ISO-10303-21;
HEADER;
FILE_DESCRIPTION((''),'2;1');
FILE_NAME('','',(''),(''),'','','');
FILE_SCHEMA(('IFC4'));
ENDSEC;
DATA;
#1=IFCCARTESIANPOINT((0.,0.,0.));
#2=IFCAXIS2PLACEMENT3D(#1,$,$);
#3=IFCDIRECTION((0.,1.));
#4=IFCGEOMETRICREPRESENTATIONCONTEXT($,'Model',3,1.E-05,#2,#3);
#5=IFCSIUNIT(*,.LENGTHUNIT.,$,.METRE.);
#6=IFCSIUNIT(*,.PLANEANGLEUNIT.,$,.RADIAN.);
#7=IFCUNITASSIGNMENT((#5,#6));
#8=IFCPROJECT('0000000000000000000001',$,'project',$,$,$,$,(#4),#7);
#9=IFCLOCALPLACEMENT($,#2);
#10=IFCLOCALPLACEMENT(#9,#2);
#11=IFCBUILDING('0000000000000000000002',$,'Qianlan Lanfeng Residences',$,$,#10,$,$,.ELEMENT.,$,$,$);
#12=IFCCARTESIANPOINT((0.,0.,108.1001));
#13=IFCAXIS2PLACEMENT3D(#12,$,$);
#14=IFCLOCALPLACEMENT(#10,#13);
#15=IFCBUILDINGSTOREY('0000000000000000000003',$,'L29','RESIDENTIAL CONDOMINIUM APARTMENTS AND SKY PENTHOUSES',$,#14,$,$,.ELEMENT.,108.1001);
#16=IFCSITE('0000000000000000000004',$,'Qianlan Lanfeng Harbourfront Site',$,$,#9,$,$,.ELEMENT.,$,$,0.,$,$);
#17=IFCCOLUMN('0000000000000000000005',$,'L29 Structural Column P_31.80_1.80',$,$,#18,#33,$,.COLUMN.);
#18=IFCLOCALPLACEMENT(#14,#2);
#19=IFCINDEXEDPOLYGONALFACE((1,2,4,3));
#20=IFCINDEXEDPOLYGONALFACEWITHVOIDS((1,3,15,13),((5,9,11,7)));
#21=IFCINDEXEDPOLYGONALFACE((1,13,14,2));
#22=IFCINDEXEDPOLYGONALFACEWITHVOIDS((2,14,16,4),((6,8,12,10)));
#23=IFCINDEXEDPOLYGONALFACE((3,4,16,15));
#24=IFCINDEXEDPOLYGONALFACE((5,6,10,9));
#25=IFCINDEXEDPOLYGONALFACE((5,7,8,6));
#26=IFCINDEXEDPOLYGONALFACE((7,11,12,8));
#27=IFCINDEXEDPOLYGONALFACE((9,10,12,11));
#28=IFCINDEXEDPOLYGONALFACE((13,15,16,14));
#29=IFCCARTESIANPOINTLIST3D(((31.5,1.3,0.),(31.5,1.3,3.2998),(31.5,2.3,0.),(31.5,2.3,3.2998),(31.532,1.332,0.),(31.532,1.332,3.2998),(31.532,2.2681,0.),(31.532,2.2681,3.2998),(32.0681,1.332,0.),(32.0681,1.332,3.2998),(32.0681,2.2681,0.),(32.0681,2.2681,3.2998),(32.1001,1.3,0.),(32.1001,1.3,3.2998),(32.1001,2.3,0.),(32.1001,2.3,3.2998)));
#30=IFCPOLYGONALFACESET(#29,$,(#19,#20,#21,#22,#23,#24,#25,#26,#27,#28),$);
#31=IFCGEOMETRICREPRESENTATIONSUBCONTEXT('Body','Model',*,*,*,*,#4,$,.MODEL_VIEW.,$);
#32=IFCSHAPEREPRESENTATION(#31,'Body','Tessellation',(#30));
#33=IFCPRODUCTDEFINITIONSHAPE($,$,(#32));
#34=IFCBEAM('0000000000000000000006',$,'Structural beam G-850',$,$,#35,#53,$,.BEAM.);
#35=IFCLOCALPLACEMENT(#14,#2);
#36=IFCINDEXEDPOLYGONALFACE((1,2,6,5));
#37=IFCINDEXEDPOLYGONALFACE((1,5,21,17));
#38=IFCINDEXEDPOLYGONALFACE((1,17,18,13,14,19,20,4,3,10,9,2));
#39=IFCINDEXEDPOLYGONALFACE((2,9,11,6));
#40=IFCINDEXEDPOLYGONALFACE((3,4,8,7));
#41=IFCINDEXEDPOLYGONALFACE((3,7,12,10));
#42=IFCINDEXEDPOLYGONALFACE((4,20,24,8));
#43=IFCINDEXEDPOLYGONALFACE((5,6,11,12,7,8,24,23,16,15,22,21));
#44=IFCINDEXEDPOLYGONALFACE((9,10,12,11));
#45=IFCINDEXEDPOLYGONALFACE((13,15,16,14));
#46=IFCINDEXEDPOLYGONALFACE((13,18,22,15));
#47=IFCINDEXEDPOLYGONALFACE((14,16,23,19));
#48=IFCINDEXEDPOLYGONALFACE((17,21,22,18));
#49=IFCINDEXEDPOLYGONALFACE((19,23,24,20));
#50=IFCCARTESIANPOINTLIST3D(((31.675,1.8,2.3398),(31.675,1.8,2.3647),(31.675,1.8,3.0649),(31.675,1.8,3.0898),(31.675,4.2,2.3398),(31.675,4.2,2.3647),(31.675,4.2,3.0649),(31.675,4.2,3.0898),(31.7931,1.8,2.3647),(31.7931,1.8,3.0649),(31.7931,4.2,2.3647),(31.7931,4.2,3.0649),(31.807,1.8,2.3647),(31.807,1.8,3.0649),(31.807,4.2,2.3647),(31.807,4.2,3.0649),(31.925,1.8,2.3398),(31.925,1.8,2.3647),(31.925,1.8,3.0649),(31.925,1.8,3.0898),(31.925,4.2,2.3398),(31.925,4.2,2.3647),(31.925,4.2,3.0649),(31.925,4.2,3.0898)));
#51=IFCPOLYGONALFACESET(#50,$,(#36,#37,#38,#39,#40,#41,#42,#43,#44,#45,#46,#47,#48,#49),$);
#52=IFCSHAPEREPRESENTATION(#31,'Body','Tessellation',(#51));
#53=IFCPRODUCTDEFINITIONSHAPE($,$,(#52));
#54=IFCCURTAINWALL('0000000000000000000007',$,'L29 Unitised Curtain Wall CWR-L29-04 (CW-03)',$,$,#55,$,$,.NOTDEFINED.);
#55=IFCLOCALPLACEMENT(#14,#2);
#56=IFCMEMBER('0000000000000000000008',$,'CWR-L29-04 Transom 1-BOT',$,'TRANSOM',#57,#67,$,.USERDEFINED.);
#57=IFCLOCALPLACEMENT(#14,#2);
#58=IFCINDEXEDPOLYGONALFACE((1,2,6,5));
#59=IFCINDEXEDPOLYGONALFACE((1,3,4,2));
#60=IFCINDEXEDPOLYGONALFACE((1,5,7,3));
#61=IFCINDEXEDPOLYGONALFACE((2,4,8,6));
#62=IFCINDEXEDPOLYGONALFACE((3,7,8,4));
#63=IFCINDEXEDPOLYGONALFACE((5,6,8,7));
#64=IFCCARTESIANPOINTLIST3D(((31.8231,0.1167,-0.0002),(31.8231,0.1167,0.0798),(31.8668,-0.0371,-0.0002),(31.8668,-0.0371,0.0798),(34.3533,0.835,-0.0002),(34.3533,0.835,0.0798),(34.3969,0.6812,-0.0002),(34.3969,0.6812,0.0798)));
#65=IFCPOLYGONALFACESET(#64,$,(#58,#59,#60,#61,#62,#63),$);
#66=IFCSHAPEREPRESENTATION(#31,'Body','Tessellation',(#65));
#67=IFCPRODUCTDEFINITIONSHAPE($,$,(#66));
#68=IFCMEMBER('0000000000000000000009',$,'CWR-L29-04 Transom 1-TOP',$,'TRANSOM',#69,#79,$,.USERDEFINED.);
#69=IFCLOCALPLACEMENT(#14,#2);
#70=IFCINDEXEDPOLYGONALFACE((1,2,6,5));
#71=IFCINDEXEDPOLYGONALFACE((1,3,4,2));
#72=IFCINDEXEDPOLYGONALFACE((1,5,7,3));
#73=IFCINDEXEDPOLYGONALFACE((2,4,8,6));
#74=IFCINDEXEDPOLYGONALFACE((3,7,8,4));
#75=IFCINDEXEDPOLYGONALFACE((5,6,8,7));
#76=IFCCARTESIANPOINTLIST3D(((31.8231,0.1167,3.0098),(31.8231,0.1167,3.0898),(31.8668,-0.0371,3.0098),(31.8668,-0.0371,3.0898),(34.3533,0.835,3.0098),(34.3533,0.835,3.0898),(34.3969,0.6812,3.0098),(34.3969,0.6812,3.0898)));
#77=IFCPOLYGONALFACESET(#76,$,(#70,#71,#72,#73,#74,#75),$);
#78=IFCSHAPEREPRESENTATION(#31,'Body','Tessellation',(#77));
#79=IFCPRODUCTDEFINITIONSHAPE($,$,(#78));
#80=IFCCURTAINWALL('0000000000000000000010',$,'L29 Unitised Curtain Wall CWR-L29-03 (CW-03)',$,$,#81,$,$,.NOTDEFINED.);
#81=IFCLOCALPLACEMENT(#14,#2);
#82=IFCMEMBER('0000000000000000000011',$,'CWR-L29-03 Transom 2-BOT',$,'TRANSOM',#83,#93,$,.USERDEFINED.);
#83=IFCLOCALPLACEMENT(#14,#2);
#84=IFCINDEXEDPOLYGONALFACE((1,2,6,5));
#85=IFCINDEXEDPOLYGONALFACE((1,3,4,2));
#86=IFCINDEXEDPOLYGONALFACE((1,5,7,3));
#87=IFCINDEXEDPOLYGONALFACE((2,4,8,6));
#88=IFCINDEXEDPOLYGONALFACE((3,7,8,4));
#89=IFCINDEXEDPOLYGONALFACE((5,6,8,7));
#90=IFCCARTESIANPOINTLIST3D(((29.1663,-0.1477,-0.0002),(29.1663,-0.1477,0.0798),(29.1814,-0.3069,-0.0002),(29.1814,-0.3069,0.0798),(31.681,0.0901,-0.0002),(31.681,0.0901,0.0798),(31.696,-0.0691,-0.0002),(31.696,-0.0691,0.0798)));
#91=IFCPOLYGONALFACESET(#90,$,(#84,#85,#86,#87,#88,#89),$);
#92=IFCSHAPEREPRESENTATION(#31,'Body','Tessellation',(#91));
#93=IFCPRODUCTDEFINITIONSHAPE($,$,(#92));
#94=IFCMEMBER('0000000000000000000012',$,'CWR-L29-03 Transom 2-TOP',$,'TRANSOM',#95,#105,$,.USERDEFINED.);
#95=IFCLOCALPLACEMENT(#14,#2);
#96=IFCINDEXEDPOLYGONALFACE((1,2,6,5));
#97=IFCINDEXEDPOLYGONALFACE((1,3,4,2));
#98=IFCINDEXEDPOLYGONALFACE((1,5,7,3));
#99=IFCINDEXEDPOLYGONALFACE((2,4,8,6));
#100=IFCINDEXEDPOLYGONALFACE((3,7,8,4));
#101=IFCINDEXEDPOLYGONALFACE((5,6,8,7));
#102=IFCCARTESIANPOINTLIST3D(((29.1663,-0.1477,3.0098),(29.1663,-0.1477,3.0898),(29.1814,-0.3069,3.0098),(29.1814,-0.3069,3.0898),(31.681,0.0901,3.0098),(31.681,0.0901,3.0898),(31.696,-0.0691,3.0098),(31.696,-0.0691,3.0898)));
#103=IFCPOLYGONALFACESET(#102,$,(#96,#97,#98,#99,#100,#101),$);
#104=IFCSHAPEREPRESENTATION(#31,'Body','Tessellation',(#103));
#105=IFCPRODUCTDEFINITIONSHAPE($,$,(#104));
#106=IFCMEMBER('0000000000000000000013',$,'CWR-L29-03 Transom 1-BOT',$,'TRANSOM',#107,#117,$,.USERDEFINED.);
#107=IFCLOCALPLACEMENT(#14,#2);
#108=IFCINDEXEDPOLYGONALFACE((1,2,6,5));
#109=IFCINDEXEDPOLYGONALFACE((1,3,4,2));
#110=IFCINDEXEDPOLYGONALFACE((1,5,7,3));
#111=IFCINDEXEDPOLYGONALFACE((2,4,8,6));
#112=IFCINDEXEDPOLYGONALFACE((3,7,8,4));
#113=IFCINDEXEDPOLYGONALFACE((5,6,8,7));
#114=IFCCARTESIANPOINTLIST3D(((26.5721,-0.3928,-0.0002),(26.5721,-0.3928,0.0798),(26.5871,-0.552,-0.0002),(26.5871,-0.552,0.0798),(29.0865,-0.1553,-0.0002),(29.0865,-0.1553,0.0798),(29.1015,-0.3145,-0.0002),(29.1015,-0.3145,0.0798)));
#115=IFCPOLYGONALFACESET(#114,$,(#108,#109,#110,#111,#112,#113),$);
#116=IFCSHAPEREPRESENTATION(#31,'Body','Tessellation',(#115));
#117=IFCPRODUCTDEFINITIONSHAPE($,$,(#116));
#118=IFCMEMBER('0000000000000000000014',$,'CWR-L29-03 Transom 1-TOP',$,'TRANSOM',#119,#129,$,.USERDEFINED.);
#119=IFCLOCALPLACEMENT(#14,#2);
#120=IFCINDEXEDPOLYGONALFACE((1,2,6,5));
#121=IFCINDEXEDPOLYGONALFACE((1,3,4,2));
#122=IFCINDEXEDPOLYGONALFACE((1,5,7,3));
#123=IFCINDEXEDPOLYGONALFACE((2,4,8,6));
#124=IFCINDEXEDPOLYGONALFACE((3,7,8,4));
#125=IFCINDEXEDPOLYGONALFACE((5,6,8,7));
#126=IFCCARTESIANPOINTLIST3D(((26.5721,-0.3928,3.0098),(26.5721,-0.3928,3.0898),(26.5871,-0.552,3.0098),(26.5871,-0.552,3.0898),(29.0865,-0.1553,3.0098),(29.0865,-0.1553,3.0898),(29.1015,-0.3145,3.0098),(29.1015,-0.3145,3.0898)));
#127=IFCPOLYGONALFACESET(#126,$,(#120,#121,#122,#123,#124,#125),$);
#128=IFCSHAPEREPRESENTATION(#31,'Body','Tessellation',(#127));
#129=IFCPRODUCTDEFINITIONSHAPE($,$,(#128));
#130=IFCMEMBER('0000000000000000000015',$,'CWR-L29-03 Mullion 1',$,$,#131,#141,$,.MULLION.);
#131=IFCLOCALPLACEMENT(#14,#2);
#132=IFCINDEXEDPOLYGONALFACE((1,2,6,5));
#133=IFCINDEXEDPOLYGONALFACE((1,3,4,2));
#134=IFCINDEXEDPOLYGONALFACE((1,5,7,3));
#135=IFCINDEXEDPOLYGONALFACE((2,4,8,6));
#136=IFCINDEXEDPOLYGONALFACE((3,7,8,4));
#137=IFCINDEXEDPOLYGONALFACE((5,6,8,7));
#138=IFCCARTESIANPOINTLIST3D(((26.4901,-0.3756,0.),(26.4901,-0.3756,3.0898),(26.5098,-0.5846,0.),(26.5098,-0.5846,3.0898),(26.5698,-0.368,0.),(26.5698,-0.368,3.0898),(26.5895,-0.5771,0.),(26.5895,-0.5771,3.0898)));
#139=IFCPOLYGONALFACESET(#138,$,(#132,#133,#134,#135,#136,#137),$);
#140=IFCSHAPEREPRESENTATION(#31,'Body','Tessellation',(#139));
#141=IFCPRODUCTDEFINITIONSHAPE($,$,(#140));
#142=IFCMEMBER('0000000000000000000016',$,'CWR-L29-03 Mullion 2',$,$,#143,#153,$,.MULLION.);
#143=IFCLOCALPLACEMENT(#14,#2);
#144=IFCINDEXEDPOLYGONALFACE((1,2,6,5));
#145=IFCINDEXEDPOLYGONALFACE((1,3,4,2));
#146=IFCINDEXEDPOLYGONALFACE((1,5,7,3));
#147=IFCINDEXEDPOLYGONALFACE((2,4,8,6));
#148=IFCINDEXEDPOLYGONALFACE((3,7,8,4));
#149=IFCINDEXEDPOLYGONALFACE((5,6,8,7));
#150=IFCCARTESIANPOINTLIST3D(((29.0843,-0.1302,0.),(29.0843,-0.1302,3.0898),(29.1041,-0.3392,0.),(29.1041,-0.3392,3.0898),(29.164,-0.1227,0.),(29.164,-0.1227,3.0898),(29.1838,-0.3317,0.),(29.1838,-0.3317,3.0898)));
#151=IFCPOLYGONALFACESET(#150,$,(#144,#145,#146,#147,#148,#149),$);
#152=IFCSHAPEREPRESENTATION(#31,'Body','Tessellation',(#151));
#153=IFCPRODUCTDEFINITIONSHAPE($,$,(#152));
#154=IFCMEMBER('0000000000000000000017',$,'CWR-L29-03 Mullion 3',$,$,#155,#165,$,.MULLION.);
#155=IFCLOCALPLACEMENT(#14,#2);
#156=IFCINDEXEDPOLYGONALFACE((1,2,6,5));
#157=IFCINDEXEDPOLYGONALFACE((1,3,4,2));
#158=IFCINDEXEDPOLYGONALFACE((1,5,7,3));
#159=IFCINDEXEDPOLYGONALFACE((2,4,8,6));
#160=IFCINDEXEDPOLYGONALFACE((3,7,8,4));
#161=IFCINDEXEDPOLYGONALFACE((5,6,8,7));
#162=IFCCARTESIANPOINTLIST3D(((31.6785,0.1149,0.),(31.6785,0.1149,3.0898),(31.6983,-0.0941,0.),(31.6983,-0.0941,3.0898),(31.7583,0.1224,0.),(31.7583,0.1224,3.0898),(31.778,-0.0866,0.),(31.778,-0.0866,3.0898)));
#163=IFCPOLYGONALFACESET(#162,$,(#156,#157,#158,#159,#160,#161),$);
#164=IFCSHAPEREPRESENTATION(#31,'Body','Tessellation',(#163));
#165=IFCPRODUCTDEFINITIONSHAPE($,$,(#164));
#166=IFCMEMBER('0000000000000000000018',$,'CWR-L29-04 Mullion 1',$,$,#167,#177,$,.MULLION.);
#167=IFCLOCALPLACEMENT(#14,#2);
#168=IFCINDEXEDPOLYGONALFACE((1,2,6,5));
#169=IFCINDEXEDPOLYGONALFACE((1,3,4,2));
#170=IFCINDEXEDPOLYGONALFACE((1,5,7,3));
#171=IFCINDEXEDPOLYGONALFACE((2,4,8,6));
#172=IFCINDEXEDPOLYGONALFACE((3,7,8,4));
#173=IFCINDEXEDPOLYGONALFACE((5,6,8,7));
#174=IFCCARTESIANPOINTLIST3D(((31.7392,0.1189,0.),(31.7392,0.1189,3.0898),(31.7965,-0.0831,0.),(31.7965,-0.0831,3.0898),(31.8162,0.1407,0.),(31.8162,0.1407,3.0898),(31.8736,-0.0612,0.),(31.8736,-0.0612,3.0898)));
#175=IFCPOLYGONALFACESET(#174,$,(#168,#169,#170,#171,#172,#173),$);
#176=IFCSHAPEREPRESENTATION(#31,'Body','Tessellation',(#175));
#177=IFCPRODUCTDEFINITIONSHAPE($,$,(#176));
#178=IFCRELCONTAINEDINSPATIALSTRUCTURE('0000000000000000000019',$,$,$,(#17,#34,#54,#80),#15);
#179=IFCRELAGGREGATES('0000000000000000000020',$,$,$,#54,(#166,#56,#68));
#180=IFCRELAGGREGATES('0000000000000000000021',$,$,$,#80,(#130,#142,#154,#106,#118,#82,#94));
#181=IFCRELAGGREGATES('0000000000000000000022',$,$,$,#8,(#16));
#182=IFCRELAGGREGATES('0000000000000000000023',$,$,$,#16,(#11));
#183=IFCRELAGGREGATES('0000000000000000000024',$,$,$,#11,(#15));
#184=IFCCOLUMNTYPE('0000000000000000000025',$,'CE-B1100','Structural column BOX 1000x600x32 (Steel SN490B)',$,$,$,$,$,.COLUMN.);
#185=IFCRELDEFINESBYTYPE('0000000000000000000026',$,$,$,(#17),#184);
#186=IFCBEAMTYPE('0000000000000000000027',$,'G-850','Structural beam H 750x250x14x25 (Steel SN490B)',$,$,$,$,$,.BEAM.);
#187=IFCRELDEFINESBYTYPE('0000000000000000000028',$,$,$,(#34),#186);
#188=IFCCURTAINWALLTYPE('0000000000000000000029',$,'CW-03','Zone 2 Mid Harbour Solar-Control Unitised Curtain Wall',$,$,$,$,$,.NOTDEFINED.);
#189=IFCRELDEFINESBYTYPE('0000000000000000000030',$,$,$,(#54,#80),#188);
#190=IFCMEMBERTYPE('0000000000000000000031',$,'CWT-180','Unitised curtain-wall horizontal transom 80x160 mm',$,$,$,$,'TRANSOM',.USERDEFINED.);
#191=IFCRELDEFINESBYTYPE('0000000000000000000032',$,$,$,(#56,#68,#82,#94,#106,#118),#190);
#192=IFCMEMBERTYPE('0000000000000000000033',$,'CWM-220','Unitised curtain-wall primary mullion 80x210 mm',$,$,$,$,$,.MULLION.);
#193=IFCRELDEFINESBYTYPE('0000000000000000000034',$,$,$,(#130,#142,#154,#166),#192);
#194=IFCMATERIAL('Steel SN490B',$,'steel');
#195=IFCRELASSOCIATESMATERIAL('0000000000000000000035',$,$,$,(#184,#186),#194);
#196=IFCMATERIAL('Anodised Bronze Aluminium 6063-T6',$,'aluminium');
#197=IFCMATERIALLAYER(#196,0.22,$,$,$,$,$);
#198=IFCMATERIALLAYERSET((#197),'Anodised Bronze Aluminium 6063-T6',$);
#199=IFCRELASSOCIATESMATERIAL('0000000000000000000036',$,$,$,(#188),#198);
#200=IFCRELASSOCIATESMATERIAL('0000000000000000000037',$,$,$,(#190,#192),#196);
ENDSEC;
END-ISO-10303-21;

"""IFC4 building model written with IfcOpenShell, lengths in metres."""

from ifc_helpers import new_model, si_unit, direction, frame, origin, origin_2d, place, context, subcontext, project, spatial, rectangle, hollow_rectangle, i_section, extrude, source, transform, mapped, material, layer, layer_set, material_profile, profile_set, type_object, element, aggregate, save


model = new_model("IFC4")

# Units and contexts
model_context = context("Model", 3, precision=1e-05, world=origin(), true_north=direction((0.0, 1.0)))
body_context = subcontext(model_context, "Body", "Model", "MODEL_VIEW")
ifc_project = project(units=[si_unit("LENGTHUNIT", "METRE"), si_unit("PLANEANGLEUNIT", "RADIAN")], contexts=[model_context])

# Site, building, storey
site_placement = place(None, origin())
site = spatial("IfcSite", under=ifc_project, at=site_placement, Name="Qianlan Lanfeng Harbourfront Site", CompositionType="ELEMENT", RefElevation=0.0)
building_placement = place(site_placement, origin())
building = spatial("IfcBuilding", under=site, at=building_placement, Name="Qianlan Lanfeng Residences", CompositionType="ELEMENT")
storey_placement = place(building_placement, frame((0.0, 0.0, 108.1001)))
storey = spatial("IfcBuildingStorey", under=building, at=storey_placement, Name="L29", Description="RESIDENTIAL CONDOMINIUM APARTMENTS AND SKY PENTHOUSES", CompositionType="ELEMENT", Elevation=108.1001)

# Column
ifc_material_1 = material(Name="Steel SN490B", Category="steel")
ifc_material_profile_1 = material_profile(ifc_material_1, hollow_rectangle(XDim=0.6001, YDim=1.0, WallThickness=0.032, at=origin_2d()), Name="BOX 1000x600x32")
ifc_profile_set_1 = profile_set([ifc_material_profile_1], Name="Steel SN490B")
column_type = type_object("IfcColumnType", Name="CE-B1100", Description="Structural column BOX 1000x600x32 (Steel SN490B)", PredefinedType="COLUMN", material=ifc_profile_set_1)
column_placement = place(storey_placement, frame((31.8, 1.8, 0.0), z_axis=(0.0, 0.0, 1.0), x_axis=(1.0, 0.0, 0.0)))
element("IfcColumn", 1, at=column_placement, inside=storey, type_object=column_type, Name="L29 Structural Column P_31.80_1.80", PredefinedType="COLUMN", context=body_context, shape_type="SweptSolid", body=[
    extrude(hollow_rectangle(XDim=0.6001, YDim=1.0, WallThickness=0.032, at=origin_2d()), origin(), (0.0, 0.0, 1.0), 3.2998),
])

# Beam
ifc_material_profile_2 = material_profile(ifc_material_1, i_section(OverallWidth=0.25, OverallDepth=0.75, WebThickness=0.0139, FlangeThickness=0.0249, at=origin_2d()), Name="H 750x250x14x25")
ifc_profile_set_2 = profile_set([ifc_material_profile_2], Name="Steel SN490B")
beam_type = type_object("IfcBeamType", Name="G-850", Description="Structural beam H 750x250x14x25 (Steel SN490B)", PredefinedType="BEAM", material=ifc_profile_set_2)
beam_placement = place(storey_placement, frame((31.8, 1.8, 2.7148), z_axis=(0.0, 1.0, 0.0), x_axis=(-1.0, 0.0, 0.0)))
element("IfcBeam", 2, at=beam_placement, inside=storey, type_object=beam_type, Name="Structural beam G-850", PredefinedType="BEAM", context=body_context, shape_type="SweptSolid", body=[
    extrude(i_section(OverallWidth=0.25, OverallDepth=0.75, WebThickness=0.0139, FlangeThickness=0.0249, at=origin_2d()), origin(), (0.0, 0.0, 1.0), 2.3999),
])

# Curtain walls, members
ifc_material_2 = material(Name="Anodised Bronze Aluminium 6063-T6", Category="aluminium")
ifc_layer_1 = layer(ifc_material_2, 0.22)
ifc_layer_set_1 = layer_set([ifc_layer_1], Name="Anodised Bronze Aluminium 6063-T6")
curtain_wall_type = type_object("IfcCurtainWallType", Name="CW-03", Description="Zone 2 Mid Harbour Solar-Control Unitised Curtain Wall", PredefinedType="NOTDEFINED", material=ifc_layer_set_1)
curtain_wall_1_placement = place(storey_placement, origin())
curtain_wall_1 = element("IfcCurtainWall", 3, at=curtain_wall_1_placement, inside=storey, type_object=curtain_wall_type, Name="L29 Unitised Curtain Wall CWR-L29-04 (CW-03)", PredefinedType="NOTDEFINED")
ifc_material_profile_3 = material_profile(ifc_material_2, rectangle(XDim=0.0801, YDim=0.1599, at=origin_2d()), Name="ALU TRANSOM 80x160")
ifc_profile_set_3 = profile_set([ifc_material_profile_3], Name="Anodised Bronze Aluminium 6063-T6")
member_type_1 = type_object("IfcMemberType", Name="CWT-180", Description="Unitised curtain-wall horizontal transom 80x160 mm", ElementType="TRANSOM", PredefinedType="USERDEFINED", material=ifc_profile_set_3)
shared_shape_1 = source(origin(), body_context, "Body", "SweptSolid", [
    extrude(rectangle(XDim=0.0801, YDim=0.1599, at=origin_2d()), origin(), (0.0, 0.0, 1.0), 2.6301),
])
member_1_placement = place(storey_placement, frame((31.845, 0.0398, 0.0398), z_axis=(0.961985, 0.273102, 0.0), x_axis=(0.0, 0.0, 1.0)))
member_1 = element("IfcMember", 4, at=member_1_placement, type_object=member_type_1, Name="CWR-L29-04 Transom 1-BOT", ObjectType="TRANSOM", PredefinedType="USERDEFINED", context=body_context, shape_type="MappedRepresentation", body=[
    mapped(shared_shape_1, transform((0.0, 0.0, 0.0), scale=1.0)),
])
member_2_placement = place(storey_placement, frame((31.845, 0.0398, 3.0498), z_axis=(0.961985, 0.273102, 0.0), x_axis=(0.0, 0.0, 1.0)))
member_2 = element("IfcMember", 5, at=member_2_placement, type_object=member_type_1, Name="CWR-L29-04 Transom 1-TOP", ObjectType="TRANSOM", PredefinedType="USERDEFINED", context=body_context, shape_type="MappedRepresentation", body=[
    mapped(shared_shape_1, transform((0.0, 0.0, 0.0), scale=1.0)),
])
curtain_wall_2_placement = place(storey_placement, origin())
curtain_wall_2 = element("IfcCurtainWall", 6, at=curtain_wall_2_placement, inside=storey, type_object=curtain_wall_type, Name="L29 Unitised Curtain Wall CWR-L29-03 (CW-03)", PredefinedType="NOTDEFINED")
shared_shape_2 = source(origin(), body_context, "Body", "SweptSolid", [
    extrude(rectangle(XDim=0.0801, YDim=0.1599, at=origin_2d()), origin(), (0.0, 0.0, 1.0), 2.5259),
])
member_3_placement = place(storey_placement, frame((29.1738, -0.2273, 0.0398), z_axis=(0.995559, 0.094143, 0.0), x_axis=(0.0, 0.0, 1.0)))
member_3 = element("IfcMember", 7, at=member_3_placement, type_object=member_type_1, Name="CWR-L29-03 Transom 2-BOT", ObjectType="TRANSOM", PredefinedType="USERDEFINED", context=body_context, shape_type="MappedRepresentation", body=[
    mapped(shared_shape_2, transform((0.0, 0.0, 0.0), scale=1.0)),
])
member_4_placement = place(storey_placement, frame((29.1738, -0.2273, 3.0498), z_axis=(0.995559, 0.094143, 0.0), x_axis=(0.0, 0.0, 1.0)))
member_4 = element("IfcMember", 8, at=member_4_placement, type_object=member_type_1, Name="CWR-L29-03 Transom 2-TOP", ObjectType="TRANSOM", PredefinedType="USERDEFINED", context=body_context, shape_type="MappedRepresentation", body=[
    mapped(shared_shape_2, transform((0.0, 0.0, 0.0), scale=1.0)),
])
shared_shape_3 = source(origin(), body_context, "Body", "SweptSolid", [
    extrude(rectangle(XDim=0.0801, YDim=0.1599, at=origin_2d()), origin(), (0.0, 0.0, 1.0), 2.5256),
])
member_5_placement = place(storey_placement, frame((26.5796, -0.4724, 0.0398), z_axis=(0.995567, 0.094056, 0.0), x_axis=(0.0, 0.0, 1.0)))
member_5 = element("IfcMember", 9, at=member_5_placement, type_object=member_type_1, Name="CWR-L29-03 Transom 1-BOT", ObjectType="TRANSOM", PredefinedType="USERDEFINED", context=body_context, shape_type="MappedRepresentation", body=[
    mapped(shared_shape_3, transform((0.0, 0.0, 0.0), scale=1.0)),
])
member_6_placement = place(storey_placement, frame((26.5796, -0.4724, 3.0498), z_axis=(0.995567, 0.094056, 0.0), x_axis=(0.0, 0.0, 1.0)))
member_6 = element("IfcMember", 10, at=member_6_placement, type_object=member_type_1, Name="CWR-L29-03 Transom 1-TOP", ObjectType="TRANSOM", PredefinedType="USERDEFINED", context=body_context, shape_type="MappedRepresentation", body=[
    mapped(shared_shape_3, transform((0.0, 0.0, 0.0), scale=1.0)),
])
ifc_material_profile_4 = material_profile(ifc_material_2, rectangle(XDim=0.0801, YDim=0.21, at=origin_2d()), Name="ALU MULLION 80x210")
ifc_profile_set_4 = profile_set([ifc_material_profile_4], Name="Anodised Bronze Aluminium 6063-T6")
member_type_2 = type_object("IfcMemberType", Name="CWM-220", Description="Unitised curtain-wall primary mullion 80x210 mm", PredefinedType="MULLION", material=ifc_profile_set_4)
shared_shape_4 = source(origin(), body_context, "Body", "SweptSolid", [
    extrude(rectangle(XDim=0.0801, YDim=0.21, at=origin_2d()), origin(), (0.0, 0.0, 1.0), 3.0898),
])
member_7_placement = place(storey_placement, frame((26.5398, -0.4763, 0.0), z_axis=(0.0, 0.0, 1.0), x_axis=(0.995561, 0.094114, 0.0)))
member_7 = element("IfcMember", 11, at=member_7_placement, type_object=member_type_2, Name="CWR-L29-03 Mullion 1", PredefinedType="MULLION", context=body_context, shape_type="MappedRepresentation", body=[
    mapped(shared_shape_4, transform((0.0, 0.0, 0.0), scale=1.0)),
])
member_8_placement = place(storey_placement, frame((29.134, -0.231, 0.0), z_axis=(0.0, 0.0, 1.0), x_axis=(0.995561, 0.094114, 0.0)))
member_8 = element("IfcMember", 12, at=member_8_placement, type_object=member_type_2, Name="CWR-L29-03 Mullion 2", PredefinedType="MULLION", context=body_context, shape_type="MappedRepresentation", body=[
    mapped(shared_shape_4, transform((0.0, 0.0, 0.0), scale=1.0)),
])
member_9_placement = place(storey_placement, frame((31.7283, 0.0142, 0.0), z_axis=(0.0, 0.0, 1.0), x_axis=(0.995561, 0.094114, 0.0)))
member_9 = element("IfcMember", 13, at=member_9_placement, type_object=member_type_2, Name="CWR-L29-03 Mullion 3", PredefinedType="MULLION", context=body_context, shape_type="MappedRepresentation", body=[
    mapped(shared_shape_4, transform((0.0, 0.0, 0.0), scale=1.0)),
])

# Member
member_10_placement = place(storey_placement, frame((31.8064, 0.0288, 0.0), z_axis=(0.0, 0.0, 1.0), x_axis=(0.961989, 0.273088, 0.0)))
member_10 = element("IfcMember", 14, at=member_10_placement, type_object=member_type_2, Name="CWR-L29-04 Mullion 1", PredefinedType="MULLION", context=body_context, shape_type="MappedRepresentation", body=[
    mapped(shared_shape_4, transform((0.0, 0.0, 0.0), scale=1.0)),
])

aggregate(curtain_wall_1, [member_10, member_1, member_2])
aggregate(curtain_wall_2, [member_7, member_8, member_9, member_5, member_6, member_3, member_4])

save(model, "model.ifc")
